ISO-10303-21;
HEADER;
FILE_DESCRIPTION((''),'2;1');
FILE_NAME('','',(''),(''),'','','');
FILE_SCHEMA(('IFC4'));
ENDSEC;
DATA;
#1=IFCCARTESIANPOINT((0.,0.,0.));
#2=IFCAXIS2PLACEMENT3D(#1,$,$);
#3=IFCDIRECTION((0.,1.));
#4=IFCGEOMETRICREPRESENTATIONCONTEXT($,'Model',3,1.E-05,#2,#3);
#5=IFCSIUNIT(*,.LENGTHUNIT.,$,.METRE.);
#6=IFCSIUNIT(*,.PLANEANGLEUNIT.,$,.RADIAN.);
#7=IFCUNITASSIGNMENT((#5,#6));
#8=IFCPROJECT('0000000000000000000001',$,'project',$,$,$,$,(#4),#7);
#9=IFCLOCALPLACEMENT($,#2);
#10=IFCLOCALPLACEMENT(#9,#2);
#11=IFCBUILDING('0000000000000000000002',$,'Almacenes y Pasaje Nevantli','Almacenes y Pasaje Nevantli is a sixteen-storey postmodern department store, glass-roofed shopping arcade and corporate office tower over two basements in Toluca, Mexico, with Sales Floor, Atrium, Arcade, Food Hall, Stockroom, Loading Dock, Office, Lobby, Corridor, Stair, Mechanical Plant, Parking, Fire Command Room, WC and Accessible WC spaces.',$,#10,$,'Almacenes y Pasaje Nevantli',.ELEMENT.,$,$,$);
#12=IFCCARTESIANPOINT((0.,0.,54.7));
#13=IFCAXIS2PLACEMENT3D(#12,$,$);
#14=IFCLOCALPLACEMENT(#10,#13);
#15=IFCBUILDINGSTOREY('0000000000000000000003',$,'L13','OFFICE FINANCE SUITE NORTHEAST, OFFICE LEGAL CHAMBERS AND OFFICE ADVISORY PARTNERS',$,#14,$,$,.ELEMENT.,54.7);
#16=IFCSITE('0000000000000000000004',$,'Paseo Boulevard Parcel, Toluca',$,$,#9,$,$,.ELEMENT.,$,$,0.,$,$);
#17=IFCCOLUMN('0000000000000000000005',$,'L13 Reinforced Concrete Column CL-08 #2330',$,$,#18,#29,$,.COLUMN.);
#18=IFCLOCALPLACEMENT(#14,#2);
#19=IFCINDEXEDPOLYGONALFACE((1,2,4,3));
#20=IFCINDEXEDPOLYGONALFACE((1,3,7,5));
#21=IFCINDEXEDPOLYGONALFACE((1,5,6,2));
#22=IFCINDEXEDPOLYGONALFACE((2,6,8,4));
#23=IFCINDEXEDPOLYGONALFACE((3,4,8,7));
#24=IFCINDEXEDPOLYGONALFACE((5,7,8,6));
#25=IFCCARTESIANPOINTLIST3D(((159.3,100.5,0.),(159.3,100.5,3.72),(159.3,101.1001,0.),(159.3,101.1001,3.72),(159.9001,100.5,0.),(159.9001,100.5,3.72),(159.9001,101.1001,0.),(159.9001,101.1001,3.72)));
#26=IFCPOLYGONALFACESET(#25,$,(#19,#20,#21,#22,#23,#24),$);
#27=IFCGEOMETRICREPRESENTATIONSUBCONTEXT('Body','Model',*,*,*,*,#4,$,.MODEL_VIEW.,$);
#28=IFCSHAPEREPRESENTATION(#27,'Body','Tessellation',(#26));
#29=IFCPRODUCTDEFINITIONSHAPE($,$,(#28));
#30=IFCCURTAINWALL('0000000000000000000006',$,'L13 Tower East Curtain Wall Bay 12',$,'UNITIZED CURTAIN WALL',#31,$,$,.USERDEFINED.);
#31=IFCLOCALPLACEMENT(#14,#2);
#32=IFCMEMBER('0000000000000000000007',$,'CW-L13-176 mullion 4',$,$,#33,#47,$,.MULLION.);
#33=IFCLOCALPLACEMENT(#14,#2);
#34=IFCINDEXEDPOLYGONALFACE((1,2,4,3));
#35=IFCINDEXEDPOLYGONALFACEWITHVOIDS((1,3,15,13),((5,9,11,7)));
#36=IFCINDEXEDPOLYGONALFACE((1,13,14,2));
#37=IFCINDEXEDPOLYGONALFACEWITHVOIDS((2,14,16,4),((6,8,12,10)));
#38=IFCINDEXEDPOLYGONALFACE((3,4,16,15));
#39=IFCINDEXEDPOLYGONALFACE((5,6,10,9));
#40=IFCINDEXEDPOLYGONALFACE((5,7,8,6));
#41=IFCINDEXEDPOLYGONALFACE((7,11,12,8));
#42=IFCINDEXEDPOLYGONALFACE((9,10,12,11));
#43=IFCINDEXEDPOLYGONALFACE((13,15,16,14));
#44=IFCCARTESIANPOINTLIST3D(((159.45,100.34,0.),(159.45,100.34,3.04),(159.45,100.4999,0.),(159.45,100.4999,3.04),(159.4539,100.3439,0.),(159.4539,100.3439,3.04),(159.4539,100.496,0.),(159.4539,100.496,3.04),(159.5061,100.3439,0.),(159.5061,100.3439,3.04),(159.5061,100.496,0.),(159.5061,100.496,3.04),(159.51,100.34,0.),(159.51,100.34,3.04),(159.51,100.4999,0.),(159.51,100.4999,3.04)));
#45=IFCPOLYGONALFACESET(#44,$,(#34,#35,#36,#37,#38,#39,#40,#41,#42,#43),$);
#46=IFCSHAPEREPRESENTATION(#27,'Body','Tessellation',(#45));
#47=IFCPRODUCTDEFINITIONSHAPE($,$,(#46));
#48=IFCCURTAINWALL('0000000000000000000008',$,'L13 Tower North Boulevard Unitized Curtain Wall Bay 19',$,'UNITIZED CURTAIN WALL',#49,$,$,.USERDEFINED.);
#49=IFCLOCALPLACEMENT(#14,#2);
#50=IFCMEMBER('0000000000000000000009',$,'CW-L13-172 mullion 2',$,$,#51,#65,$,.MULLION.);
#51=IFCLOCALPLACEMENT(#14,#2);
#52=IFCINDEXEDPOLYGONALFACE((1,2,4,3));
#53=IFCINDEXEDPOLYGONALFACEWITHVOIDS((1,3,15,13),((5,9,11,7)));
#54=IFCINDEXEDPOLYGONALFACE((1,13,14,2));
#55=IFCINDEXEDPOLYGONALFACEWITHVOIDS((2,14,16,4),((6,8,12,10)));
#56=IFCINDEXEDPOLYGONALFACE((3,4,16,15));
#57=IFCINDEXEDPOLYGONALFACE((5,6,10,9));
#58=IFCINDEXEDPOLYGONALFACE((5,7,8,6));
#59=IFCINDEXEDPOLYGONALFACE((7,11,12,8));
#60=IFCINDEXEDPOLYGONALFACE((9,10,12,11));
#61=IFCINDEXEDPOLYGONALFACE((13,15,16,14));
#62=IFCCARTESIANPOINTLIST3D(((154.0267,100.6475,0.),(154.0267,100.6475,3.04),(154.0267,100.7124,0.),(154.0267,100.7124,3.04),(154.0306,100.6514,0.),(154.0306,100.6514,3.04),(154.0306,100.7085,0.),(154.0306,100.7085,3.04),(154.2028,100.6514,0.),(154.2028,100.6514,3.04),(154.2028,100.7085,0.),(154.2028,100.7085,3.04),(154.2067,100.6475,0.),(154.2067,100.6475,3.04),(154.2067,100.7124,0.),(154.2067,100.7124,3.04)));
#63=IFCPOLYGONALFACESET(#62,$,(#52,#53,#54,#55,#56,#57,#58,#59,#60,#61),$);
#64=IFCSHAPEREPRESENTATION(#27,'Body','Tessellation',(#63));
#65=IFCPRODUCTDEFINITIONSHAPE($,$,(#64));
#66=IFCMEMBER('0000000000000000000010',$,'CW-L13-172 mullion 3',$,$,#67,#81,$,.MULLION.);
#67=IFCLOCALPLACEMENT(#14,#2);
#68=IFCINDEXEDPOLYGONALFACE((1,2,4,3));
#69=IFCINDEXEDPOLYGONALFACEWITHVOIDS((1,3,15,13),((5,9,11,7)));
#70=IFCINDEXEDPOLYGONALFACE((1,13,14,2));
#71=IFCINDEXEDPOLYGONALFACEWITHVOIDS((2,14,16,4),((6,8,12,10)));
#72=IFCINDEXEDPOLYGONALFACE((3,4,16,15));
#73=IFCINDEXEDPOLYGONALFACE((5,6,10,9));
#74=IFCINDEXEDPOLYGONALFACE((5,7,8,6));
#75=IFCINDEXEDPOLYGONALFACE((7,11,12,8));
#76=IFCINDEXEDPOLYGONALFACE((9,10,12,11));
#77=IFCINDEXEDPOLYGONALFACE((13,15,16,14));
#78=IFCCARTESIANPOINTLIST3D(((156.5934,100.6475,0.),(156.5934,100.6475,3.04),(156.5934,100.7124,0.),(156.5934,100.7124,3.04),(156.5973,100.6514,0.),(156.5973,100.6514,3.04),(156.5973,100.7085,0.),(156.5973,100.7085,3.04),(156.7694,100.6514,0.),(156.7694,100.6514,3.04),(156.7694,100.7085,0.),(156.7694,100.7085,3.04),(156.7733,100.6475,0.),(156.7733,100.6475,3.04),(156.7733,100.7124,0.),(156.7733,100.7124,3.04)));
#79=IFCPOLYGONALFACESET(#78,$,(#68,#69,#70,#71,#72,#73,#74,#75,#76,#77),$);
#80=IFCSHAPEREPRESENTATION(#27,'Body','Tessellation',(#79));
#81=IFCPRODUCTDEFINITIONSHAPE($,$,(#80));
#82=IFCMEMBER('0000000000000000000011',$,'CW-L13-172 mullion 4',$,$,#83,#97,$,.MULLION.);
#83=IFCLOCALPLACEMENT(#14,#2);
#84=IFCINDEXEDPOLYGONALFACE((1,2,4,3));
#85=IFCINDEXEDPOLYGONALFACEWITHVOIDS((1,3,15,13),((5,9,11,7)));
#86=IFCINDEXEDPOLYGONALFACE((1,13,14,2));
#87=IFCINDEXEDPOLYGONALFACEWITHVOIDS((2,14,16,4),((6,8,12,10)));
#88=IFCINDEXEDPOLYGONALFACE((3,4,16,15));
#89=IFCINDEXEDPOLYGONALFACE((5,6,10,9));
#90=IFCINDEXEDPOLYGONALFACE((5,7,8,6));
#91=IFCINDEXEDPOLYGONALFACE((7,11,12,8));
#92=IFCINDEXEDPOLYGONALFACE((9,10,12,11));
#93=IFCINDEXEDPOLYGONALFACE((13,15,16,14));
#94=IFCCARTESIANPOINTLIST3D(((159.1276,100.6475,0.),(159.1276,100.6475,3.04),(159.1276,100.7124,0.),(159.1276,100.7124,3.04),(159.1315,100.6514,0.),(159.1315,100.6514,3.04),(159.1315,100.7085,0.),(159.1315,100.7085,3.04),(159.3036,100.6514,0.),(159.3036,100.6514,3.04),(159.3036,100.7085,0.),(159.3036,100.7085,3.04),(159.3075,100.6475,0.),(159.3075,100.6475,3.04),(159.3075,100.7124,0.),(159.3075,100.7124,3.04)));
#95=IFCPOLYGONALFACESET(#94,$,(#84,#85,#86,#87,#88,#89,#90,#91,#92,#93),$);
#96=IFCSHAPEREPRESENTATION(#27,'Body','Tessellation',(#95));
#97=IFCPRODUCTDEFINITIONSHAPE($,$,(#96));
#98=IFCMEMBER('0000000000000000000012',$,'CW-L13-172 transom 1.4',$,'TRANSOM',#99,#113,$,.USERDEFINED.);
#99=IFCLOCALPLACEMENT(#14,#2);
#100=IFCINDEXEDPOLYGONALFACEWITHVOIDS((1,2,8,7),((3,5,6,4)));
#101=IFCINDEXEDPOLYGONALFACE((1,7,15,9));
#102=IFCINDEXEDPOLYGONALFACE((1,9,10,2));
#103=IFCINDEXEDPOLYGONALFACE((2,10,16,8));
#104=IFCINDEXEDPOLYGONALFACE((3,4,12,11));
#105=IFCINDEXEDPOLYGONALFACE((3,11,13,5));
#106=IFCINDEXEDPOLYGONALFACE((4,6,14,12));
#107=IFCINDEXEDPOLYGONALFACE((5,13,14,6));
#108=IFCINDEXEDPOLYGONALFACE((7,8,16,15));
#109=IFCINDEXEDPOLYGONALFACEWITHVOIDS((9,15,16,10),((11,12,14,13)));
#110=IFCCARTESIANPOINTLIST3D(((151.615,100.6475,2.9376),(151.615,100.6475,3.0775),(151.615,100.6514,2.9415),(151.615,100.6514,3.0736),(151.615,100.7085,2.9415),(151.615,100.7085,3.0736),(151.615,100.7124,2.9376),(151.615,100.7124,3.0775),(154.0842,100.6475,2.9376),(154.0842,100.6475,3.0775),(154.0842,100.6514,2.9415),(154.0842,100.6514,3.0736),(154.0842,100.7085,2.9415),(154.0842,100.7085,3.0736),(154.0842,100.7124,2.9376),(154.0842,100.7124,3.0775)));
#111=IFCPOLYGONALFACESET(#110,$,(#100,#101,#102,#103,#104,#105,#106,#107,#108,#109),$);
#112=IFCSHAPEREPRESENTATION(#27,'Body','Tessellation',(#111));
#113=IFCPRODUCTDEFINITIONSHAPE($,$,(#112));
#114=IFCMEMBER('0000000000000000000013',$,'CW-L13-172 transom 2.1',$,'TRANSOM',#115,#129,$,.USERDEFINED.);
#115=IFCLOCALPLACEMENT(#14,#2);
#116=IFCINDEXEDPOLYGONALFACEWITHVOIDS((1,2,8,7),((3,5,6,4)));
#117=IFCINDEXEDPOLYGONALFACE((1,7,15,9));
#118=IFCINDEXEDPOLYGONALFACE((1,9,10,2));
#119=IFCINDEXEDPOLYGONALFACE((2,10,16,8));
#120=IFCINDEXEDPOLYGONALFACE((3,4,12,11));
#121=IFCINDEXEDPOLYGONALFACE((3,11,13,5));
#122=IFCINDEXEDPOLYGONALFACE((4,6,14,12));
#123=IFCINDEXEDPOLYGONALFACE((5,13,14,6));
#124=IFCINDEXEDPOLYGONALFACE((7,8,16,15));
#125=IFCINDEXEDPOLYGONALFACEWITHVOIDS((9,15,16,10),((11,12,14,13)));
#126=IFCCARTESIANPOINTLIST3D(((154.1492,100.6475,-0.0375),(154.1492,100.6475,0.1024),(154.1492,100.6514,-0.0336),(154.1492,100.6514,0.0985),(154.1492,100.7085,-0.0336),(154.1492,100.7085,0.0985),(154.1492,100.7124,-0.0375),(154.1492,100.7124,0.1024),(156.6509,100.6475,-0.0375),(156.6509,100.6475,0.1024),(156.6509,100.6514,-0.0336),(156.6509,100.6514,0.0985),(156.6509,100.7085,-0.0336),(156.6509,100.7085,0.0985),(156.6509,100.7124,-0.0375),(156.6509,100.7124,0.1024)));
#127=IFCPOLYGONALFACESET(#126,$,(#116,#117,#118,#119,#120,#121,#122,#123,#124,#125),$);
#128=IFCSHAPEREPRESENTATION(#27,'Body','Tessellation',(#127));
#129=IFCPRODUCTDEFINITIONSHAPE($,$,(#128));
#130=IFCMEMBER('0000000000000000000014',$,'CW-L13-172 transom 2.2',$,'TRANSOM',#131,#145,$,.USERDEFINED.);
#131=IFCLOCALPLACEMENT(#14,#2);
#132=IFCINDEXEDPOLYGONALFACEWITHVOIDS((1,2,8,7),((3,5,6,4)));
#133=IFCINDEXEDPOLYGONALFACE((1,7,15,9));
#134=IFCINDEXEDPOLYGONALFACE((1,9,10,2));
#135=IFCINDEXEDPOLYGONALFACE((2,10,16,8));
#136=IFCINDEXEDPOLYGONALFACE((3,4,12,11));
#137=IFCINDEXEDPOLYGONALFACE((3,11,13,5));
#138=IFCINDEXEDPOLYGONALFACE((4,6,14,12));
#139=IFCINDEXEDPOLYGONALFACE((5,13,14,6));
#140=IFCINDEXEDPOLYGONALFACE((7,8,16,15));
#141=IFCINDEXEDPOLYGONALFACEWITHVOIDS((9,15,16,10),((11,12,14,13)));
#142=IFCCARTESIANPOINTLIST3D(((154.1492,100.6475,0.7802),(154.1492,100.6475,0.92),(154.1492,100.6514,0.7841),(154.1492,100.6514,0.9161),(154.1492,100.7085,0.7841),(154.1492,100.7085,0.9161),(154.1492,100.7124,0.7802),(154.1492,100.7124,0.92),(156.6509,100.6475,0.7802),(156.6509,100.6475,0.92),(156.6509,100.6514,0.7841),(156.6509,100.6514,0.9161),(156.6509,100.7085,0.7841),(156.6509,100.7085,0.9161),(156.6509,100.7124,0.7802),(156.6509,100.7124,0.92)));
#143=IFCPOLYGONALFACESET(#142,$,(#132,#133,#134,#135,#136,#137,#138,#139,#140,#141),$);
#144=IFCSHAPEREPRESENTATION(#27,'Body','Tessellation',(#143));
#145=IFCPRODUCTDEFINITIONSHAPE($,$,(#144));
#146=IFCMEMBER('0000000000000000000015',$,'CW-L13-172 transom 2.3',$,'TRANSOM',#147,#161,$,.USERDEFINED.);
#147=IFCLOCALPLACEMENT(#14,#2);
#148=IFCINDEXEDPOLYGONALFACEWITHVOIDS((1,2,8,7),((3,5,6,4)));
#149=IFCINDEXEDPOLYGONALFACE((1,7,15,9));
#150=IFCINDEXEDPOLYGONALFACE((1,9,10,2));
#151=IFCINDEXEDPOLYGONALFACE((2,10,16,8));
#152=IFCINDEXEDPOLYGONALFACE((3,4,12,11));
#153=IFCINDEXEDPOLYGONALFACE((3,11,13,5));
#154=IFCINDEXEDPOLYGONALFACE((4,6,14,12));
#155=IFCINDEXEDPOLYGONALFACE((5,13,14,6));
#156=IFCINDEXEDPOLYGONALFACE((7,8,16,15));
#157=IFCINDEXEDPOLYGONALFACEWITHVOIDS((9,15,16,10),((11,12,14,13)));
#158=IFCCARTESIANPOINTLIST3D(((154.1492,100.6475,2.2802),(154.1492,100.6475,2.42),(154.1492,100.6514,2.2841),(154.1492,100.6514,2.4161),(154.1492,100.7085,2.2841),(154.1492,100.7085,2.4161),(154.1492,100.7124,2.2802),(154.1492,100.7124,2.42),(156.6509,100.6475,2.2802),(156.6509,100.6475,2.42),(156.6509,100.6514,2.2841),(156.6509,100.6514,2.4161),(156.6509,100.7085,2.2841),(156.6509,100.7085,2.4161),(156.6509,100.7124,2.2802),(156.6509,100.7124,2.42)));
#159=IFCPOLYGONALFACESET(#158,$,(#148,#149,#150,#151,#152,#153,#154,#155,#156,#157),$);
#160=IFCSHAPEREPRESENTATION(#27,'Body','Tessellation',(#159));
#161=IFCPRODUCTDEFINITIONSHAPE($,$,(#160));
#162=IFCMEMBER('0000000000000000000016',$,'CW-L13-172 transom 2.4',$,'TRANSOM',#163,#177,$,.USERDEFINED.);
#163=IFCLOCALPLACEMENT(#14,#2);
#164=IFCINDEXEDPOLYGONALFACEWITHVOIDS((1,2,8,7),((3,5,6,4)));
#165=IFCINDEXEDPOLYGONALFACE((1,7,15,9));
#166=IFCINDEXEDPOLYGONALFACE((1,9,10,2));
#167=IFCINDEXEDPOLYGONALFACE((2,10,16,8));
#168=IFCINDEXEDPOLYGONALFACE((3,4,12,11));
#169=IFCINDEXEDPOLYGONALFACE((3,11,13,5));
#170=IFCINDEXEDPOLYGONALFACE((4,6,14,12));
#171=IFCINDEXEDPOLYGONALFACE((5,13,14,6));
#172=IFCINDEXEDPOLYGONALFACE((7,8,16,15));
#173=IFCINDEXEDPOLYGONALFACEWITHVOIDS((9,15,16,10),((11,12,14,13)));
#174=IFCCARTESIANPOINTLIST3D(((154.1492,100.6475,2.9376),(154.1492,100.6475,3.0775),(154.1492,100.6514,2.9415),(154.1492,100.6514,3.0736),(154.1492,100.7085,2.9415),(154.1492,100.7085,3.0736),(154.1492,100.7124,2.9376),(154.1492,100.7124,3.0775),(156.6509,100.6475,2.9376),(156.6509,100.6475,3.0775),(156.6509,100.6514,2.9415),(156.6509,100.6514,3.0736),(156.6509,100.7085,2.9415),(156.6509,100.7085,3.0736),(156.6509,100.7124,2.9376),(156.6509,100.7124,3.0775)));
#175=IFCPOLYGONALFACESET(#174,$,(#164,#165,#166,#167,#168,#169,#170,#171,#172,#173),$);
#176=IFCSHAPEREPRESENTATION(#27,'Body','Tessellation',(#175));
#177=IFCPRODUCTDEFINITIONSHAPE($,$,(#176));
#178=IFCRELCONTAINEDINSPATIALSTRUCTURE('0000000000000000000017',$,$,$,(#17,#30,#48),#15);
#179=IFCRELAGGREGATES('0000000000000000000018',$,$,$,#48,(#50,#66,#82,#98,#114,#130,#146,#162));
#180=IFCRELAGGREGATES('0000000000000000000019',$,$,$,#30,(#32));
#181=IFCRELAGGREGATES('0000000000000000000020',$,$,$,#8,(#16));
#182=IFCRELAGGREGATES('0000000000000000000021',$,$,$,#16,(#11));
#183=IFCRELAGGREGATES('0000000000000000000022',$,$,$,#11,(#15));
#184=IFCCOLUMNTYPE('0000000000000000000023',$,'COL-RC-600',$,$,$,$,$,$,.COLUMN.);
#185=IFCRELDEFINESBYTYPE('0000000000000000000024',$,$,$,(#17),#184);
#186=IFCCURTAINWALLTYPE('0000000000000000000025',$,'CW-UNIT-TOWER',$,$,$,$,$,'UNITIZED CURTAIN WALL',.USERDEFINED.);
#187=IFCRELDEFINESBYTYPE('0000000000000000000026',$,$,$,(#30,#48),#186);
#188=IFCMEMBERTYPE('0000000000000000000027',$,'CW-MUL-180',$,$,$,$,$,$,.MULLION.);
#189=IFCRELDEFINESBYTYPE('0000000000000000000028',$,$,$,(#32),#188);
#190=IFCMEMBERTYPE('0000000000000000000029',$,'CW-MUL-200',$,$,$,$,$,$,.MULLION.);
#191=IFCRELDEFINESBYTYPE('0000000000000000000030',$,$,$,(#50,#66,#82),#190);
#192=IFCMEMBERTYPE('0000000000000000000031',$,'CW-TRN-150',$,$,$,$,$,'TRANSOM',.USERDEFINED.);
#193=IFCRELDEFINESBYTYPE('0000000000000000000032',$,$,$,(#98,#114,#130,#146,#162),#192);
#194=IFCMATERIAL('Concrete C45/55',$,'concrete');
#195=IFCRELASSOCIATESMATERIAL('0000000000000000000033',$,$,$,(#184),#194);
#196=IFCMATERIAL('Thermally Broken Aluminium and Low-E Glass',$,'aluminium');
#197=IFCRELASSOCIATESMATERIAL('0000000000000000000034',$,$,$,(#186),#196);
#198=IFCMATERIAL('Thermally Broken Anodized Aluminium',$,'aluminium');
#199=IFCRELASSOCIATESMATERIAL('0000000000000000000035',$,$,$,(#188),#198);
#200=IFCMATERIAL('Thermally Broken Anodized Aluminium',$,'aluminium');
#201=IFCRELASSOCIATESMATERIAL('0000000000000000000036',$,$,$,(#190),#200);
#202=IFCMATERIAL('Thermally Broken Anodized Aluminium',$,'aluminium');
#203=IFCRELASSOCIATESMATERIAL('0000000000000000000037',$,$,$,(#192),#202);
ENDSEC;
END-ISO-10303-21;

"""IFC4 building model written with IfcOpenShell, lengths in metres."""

from ifc_helpers import new_model, si_unit, direction, frame, origin, origin_2d, place, context, subcontext, project, spatial, rectangle, hollow_rectangle, extrude, material, material_profile, profile_set, type_object, element, aggregate, save


model = new_model("IFC4")

# Units and contexts
model_context = context("Model", 3, precision=1e-05, world=origin(), true_north=direction((0.0, 1.0)))
body_context = subcontext(model_context, "Body", "Model", "MODEL_VIEW")
ifc_project = project(units=[si_unit("LENGTHUNIT", "METRE"), si_unit("PLANEANGLEUNIT", "RADIAN")], contexts=[model_context])

# Site, building, storey
site_placement = place(None, origin())
site = spatial("IfcSite", under=ifc_project, at=site_placement, Name="Paseo Boulevard Parcel, Toluca", CompositionType="ELEMENT", RefElevation=0.0)
building_placement = place(site_placement, origin())
building = spatial("IfcBuilding", under=site, at=building_placement, Name="Almacenes y Pasaje Nevantli", Description="Almacenes y Pasaje Nevantli is a sixteen-storey postmodern department store, glass-roofed shopping arcade and corporate office tower over two basements in Toluca, Mexico, with Sales Floor, Atrium, Arcade, Food Hall, Stockroom, Loading Dock, Office, Lobby, Corridor, Stair, Mechanical Plant, Parking, Fire Command Room, WC and Accessible WC spaces.", LongName="Almacenes y Pasaje Nevantli", CompositionType="ELEMENT")
storey_placement = place(building_placement, frame((0.0, 0.0, 54.7)))
storey = spatial("IfcBuildingStorey", under=building, at=storey_placement, Name="L13", Description="OFFICE FINANCE SUITE NORTHEAST, OFFICE LEGAL CHAMBERS AND OFFICE ADVISORY PARTNERS", CompositionType="ELEMENT", Elevation=54.7)

# Column
ifc_material_1 = material(Name="Concrete C45/55", Category="concrete")
ifc_material_profile_1 = material_profile(ifc_material_1, rectangle(XDim=0.6001, YDim=0.6001, at=origin_2d()), Name="RC-COL-600x600")
ifc_profile_set_1 = profile_set([ifc_material_profile_1], Name="Concrete C45/55")
column_type = type_object("IfcColumnType", Name="COL-RC-600", PredefinedType="COLUMN", material=ifc_profile_set_1)
column_placement = place(storey_placement, frame((159.6001, 100.8, 0.0), z_axis=(0.0, 0.0, 1.0), x_axis=(1.0, 0.0, 0.0)))
element("IfcColumn", 1, at=column_placement, inside=storey, type_object=column_type, Name="L13 Reinforced Concrete Column CL-08 #2330", PredefinedType="COLUMN", context=body_context, shape_type="SweptSolid", body=[
    extrude(rectangle(XDim=0.6001, YDim=0.6001, at=origin_2d()), origin(), (0.0, 0.0, 1.0), 3.72),
])

# Curtain wall, member
ifc_material_2 = material(Name="Thermally Broken Aluminium and Low-E Glass", Category="aluminium")
curtain_wall_type = type_object("IfcCurtainWallType", Name="CW-UNIT-TOWER", ElementType="UNITIZED CURTAIN WALL", PredefinedType="USERDEFINED", material=ifc_material_2)
curtain_wall_1_placement = place(storey_placement, origin())
curtain_wall_1 = element("IfcCurtainWall", 2, at=curtain_wall_1_placement, inside=storey, type_object=curtain_wall_type, Name="L13 Tower East Curtain Wall Bay 12", ObjectType="UNITIZED CURTAIN WALL", PredefinedType="USERDEFINED")
ifc_material_3 = material(Name="Thermally Broken Anodized Aluminium", Category="aluminium")
ifc_material_profile_2 = material_profile(ifc_material_3, hollow_rectangle(XDim=0.0601, YDim=0.1599, WallThickness=0.0039, at=origin_2d()), Name="ALU-MUL-60x160")
ifc_profile_set_2 = profile_set([ifc_material_profile_2], Name="Thermally Broken Anodized Aluminium")
member_type_1 = type_object("IfcMemberType", Name="CW-MUL-180", PredefinedType="MULLION", material=ifc_profile_set_2)
member_1_placement = place(storey_placement, frame((159.48, 100.4199, 0.0), z_axis=(0.0, 0.0, 1.0), x_axis=(-1.0, 0.0, 0.0)))
member_1 = element("IfcMember", 3, at=member_1_placement, type_object=member_type_1, Name="CW-L13-176 mullion 4", PredefinedType="MULLION", context=body_context, shape_type="SweptSolid", body=[
    extrude(hollow_rectangle(XDim=0.0601, YDim=0.1599, WallThickness=0.0039, at=origin_2d()), origin(), (0.0, 0.0, 1.0), 3.04),
])

# Curtain wall, members
curtain_wall_2_placement = place(storey_placement, origin())
curtain_wall_2 = element("IfcCurtainWall", 4, at=curtain_wall_2_placement, inside=storey, type_object=curtain_wall_type, Name="L13 Tower North Boulevard Unitized Curtain Wall Bay 19", ObjectType="UNITIZED CURTAIN WALL", PredefinedType="USERDEFINED")
ifc_material_4 = material(Name="Thermally Broken Anodized Aluminium", Category="aluminium")
ifc_material_profile_3 = material_profile(ifc_material_4, hollow_rectangle(XDim=0.0649, YDim=0.1799, WallThickness=0.0039, at=origin_2d()), Name="ALU-MUL-65x180")
ifc_profile_set_3 = profile_set([ifc_material_profile_3], Name="Thermally Broken Anodized Aluminium")
member_type_2 = type_object("IfcMemberType", Name="CW-MUL-200", PredefinedType="MULLION", material=ifc_profile_set_3)
member_2_placement = place(storey_placement, frame((154.1167, 100.6799, 0.0), z_axis=(0.0, 0.0, 1.0), x_axis=(0.0, 1.0, 0.0)))
member_2 = element("IfcMember", 5, at=member_2_placement, type_object=member_type_2, Name="CW-L13-172 mullion 2", PredefinedType="MULLION", context=body_context, shape_type="SweptSolid", body=[
    extrude(hollow_rectangle(XDim=0.0649, YDim=0.1799, WallThickness=0.0039, at=origin_2d()), origin(), (0.0, 0.0, 1.0), 3.04),
])
member_3_placement = place(storey_placement, frame((156.6833, 100.6799, 0.0), z_axis=(0.0, 0.0, 1.0), x_axis=(0.0, 1.0, 0.0)))
member_3 = element("IfcMember", 6, at=member_3_placement, type_object=member_type_2, Name="CW-L13-172 mullion 3", PredefinedType="MULLION", context=body_context, shape_type="SweptSolid", body=[
    extrude(hollow_rectangle(XDim=0.0649, YDim=0.1799, WallThickness=0.0039, at=origin_2d()), origin(), (0.0, 0.0, 1.0), 3.04),
])
member_4_placement = place(storey_placement, frame((159.2175, 100.6799, 0.0), z_axis=(0.0, 0.0, 1.0), x_axis=(0.0, 1.0, 0.0)))
member_4 = element("IfcMember", 7, at=member_4_placement, type_object=member_type_2, Name="CW-L13-172 mullion 4", PredefinedType="MULLION", context=body_context, shape_type="SweptSolid", body=[
    extrude(hollow_rectangle(XDim=0.0649, YDim=0.1799, WallThickness=0.0039, at=origin_2d()), origin(), (0.0, 0.0, 1.0), 3.04),
])
ifc_material_5 = material(Name="Thermally Broken Anodized Aluminium", Category="aluminium")
ifc_material_profile_4 = material_profile(ifc_material_5, hollow_rectangle(XDim=0.0649, YDim=0.1399, WallThickness=0.0039, at=origin_2d()), Name="ALU-TRN-65x140")
ifc_profile_set_4 = profile_set([ifc_material_profile_4], Name="Thermally Broken Anodized Aluminium")
member_type_3 = type_object("IfcMemberType", Name="CW-TRN-150", ElementType="TRANSOM", PredefinedType="USERDEFINED", material=ifc_profile_set_4)
member_5_placement = place(storey_placement, frame((151.615, 100.6799, 3.0076), z_axis=(1.0, 0.0, 0.0), x_axis=(0.0, 1.0, 0.0)))
member_5 = element("IfcMember", 8, at=member_5_placement, type_object=member_type_3, Name="CW-L13-172 transom 1.4", ObjectType="TRANSOM", PredefinedType="USERDEFINED", context=body_context, shape_type="SweptSolid", body=[
    extrude(hollow_rectangle(XDim=0.0649, YDim=0.1399, WallThickness=0.0039, at=origin_2d()), origin(), (0.0, 0.0, 1.0), 2.4692),
])
member_6_placement = place(storey_placement, frame((154.1492, 100.6799, 0.0325), z_axis=(1.0, 0.0, 0.0), x_axis=(0.0, 1.0, 0.0)))
member_6 = element("IfcMember", 9, at=member_6_placement, type_object=member_type_3, Name="CW-L13-172 transom 2.1", ObjectType="TRANSOM", PredefinedType="USERDEFINED", context=body_context, shape_type="SweptSolid", body=[
    extrude(hollow_rectangle(XDim=0.0649, YDim=0.1399, WallThickness=0.0039, at=origin_2d()), origin(), (0.0, 0.0, 1.0), 2.5017),
])
member_7_placement = place(storey_placement, frame((154.1492, 100.6799, 0.8501), z_axis=(1.0, 0.0, 0.0), x_axis=(0.0, 1.0, 0.0)))
member_7 = element("IfcMember", 10, at=member_7_placement, type_object=member_type_3, Name="CW-L13-172 transom 2.2", ObjectType="TRANSOM", PredefinedType="USERDEFINED", context=body_context, shape_type="SweptSolid", body=[
    extrude(hollow_rectangle(XDim=0.0649, YDim=0.1399, WallThickness=0.0039, at=origin_2d()), origin(), (0.0, 0.0, 1.0), 2.5017),
])
member_8_placement = place(storey_placement, frame((154.1492, 100.6799, 2.3501), z_axis=(1.0, 0.0, 0.0), x_axis=(0.0, 1.0, 0.0)))
member_8 = element("IfcMember", 11, at=member_8_placement, type_object=member_type_3, Name="CW-L13-172 transom 2.3", ObjectType="TRANSOM", PredefinedType="USERDEFINED", context=body_context, shape_type="SweptSolid", body=[
    extrude(hollow_rectangle(XDim=0.0649, YDim=0.1399, WallThickness=0.0039, at=origin_2d()), origin(), (0.0, 0.0, 1.0), 2.5017),
])
member_9_placement = place(storey_placement, frame((154.1492, 100.6799, 3.0076), z_axis=(1.0, 0.0, 0.0), x_axis=(0.0, 1.0, 0.0)))
member_9 = element("IfcMember", 12, at=member_9_placement, type_object=member_type_3, Name="CW-L13-172 transom 2.4", ObjectType="TRANSOM", PredefinedType="USERDEFINED", context=body_context, shape_type="SweptSolid", body=[
    extrude(hollow_rectangle(XDim=0.0649, YDim=0.1399, WallThickness=0.0039, at=origin_2d()), origin(), (0.0, 0.0, 1.0), 2.5017),
])
aggregate(curtain_wall_2, [member_2, member_3, member_4, member_5, member_6, member_7, member_8, member_9])

aggregate(curtain_wall_1, [member_1])

save(model, "model.ifc")
